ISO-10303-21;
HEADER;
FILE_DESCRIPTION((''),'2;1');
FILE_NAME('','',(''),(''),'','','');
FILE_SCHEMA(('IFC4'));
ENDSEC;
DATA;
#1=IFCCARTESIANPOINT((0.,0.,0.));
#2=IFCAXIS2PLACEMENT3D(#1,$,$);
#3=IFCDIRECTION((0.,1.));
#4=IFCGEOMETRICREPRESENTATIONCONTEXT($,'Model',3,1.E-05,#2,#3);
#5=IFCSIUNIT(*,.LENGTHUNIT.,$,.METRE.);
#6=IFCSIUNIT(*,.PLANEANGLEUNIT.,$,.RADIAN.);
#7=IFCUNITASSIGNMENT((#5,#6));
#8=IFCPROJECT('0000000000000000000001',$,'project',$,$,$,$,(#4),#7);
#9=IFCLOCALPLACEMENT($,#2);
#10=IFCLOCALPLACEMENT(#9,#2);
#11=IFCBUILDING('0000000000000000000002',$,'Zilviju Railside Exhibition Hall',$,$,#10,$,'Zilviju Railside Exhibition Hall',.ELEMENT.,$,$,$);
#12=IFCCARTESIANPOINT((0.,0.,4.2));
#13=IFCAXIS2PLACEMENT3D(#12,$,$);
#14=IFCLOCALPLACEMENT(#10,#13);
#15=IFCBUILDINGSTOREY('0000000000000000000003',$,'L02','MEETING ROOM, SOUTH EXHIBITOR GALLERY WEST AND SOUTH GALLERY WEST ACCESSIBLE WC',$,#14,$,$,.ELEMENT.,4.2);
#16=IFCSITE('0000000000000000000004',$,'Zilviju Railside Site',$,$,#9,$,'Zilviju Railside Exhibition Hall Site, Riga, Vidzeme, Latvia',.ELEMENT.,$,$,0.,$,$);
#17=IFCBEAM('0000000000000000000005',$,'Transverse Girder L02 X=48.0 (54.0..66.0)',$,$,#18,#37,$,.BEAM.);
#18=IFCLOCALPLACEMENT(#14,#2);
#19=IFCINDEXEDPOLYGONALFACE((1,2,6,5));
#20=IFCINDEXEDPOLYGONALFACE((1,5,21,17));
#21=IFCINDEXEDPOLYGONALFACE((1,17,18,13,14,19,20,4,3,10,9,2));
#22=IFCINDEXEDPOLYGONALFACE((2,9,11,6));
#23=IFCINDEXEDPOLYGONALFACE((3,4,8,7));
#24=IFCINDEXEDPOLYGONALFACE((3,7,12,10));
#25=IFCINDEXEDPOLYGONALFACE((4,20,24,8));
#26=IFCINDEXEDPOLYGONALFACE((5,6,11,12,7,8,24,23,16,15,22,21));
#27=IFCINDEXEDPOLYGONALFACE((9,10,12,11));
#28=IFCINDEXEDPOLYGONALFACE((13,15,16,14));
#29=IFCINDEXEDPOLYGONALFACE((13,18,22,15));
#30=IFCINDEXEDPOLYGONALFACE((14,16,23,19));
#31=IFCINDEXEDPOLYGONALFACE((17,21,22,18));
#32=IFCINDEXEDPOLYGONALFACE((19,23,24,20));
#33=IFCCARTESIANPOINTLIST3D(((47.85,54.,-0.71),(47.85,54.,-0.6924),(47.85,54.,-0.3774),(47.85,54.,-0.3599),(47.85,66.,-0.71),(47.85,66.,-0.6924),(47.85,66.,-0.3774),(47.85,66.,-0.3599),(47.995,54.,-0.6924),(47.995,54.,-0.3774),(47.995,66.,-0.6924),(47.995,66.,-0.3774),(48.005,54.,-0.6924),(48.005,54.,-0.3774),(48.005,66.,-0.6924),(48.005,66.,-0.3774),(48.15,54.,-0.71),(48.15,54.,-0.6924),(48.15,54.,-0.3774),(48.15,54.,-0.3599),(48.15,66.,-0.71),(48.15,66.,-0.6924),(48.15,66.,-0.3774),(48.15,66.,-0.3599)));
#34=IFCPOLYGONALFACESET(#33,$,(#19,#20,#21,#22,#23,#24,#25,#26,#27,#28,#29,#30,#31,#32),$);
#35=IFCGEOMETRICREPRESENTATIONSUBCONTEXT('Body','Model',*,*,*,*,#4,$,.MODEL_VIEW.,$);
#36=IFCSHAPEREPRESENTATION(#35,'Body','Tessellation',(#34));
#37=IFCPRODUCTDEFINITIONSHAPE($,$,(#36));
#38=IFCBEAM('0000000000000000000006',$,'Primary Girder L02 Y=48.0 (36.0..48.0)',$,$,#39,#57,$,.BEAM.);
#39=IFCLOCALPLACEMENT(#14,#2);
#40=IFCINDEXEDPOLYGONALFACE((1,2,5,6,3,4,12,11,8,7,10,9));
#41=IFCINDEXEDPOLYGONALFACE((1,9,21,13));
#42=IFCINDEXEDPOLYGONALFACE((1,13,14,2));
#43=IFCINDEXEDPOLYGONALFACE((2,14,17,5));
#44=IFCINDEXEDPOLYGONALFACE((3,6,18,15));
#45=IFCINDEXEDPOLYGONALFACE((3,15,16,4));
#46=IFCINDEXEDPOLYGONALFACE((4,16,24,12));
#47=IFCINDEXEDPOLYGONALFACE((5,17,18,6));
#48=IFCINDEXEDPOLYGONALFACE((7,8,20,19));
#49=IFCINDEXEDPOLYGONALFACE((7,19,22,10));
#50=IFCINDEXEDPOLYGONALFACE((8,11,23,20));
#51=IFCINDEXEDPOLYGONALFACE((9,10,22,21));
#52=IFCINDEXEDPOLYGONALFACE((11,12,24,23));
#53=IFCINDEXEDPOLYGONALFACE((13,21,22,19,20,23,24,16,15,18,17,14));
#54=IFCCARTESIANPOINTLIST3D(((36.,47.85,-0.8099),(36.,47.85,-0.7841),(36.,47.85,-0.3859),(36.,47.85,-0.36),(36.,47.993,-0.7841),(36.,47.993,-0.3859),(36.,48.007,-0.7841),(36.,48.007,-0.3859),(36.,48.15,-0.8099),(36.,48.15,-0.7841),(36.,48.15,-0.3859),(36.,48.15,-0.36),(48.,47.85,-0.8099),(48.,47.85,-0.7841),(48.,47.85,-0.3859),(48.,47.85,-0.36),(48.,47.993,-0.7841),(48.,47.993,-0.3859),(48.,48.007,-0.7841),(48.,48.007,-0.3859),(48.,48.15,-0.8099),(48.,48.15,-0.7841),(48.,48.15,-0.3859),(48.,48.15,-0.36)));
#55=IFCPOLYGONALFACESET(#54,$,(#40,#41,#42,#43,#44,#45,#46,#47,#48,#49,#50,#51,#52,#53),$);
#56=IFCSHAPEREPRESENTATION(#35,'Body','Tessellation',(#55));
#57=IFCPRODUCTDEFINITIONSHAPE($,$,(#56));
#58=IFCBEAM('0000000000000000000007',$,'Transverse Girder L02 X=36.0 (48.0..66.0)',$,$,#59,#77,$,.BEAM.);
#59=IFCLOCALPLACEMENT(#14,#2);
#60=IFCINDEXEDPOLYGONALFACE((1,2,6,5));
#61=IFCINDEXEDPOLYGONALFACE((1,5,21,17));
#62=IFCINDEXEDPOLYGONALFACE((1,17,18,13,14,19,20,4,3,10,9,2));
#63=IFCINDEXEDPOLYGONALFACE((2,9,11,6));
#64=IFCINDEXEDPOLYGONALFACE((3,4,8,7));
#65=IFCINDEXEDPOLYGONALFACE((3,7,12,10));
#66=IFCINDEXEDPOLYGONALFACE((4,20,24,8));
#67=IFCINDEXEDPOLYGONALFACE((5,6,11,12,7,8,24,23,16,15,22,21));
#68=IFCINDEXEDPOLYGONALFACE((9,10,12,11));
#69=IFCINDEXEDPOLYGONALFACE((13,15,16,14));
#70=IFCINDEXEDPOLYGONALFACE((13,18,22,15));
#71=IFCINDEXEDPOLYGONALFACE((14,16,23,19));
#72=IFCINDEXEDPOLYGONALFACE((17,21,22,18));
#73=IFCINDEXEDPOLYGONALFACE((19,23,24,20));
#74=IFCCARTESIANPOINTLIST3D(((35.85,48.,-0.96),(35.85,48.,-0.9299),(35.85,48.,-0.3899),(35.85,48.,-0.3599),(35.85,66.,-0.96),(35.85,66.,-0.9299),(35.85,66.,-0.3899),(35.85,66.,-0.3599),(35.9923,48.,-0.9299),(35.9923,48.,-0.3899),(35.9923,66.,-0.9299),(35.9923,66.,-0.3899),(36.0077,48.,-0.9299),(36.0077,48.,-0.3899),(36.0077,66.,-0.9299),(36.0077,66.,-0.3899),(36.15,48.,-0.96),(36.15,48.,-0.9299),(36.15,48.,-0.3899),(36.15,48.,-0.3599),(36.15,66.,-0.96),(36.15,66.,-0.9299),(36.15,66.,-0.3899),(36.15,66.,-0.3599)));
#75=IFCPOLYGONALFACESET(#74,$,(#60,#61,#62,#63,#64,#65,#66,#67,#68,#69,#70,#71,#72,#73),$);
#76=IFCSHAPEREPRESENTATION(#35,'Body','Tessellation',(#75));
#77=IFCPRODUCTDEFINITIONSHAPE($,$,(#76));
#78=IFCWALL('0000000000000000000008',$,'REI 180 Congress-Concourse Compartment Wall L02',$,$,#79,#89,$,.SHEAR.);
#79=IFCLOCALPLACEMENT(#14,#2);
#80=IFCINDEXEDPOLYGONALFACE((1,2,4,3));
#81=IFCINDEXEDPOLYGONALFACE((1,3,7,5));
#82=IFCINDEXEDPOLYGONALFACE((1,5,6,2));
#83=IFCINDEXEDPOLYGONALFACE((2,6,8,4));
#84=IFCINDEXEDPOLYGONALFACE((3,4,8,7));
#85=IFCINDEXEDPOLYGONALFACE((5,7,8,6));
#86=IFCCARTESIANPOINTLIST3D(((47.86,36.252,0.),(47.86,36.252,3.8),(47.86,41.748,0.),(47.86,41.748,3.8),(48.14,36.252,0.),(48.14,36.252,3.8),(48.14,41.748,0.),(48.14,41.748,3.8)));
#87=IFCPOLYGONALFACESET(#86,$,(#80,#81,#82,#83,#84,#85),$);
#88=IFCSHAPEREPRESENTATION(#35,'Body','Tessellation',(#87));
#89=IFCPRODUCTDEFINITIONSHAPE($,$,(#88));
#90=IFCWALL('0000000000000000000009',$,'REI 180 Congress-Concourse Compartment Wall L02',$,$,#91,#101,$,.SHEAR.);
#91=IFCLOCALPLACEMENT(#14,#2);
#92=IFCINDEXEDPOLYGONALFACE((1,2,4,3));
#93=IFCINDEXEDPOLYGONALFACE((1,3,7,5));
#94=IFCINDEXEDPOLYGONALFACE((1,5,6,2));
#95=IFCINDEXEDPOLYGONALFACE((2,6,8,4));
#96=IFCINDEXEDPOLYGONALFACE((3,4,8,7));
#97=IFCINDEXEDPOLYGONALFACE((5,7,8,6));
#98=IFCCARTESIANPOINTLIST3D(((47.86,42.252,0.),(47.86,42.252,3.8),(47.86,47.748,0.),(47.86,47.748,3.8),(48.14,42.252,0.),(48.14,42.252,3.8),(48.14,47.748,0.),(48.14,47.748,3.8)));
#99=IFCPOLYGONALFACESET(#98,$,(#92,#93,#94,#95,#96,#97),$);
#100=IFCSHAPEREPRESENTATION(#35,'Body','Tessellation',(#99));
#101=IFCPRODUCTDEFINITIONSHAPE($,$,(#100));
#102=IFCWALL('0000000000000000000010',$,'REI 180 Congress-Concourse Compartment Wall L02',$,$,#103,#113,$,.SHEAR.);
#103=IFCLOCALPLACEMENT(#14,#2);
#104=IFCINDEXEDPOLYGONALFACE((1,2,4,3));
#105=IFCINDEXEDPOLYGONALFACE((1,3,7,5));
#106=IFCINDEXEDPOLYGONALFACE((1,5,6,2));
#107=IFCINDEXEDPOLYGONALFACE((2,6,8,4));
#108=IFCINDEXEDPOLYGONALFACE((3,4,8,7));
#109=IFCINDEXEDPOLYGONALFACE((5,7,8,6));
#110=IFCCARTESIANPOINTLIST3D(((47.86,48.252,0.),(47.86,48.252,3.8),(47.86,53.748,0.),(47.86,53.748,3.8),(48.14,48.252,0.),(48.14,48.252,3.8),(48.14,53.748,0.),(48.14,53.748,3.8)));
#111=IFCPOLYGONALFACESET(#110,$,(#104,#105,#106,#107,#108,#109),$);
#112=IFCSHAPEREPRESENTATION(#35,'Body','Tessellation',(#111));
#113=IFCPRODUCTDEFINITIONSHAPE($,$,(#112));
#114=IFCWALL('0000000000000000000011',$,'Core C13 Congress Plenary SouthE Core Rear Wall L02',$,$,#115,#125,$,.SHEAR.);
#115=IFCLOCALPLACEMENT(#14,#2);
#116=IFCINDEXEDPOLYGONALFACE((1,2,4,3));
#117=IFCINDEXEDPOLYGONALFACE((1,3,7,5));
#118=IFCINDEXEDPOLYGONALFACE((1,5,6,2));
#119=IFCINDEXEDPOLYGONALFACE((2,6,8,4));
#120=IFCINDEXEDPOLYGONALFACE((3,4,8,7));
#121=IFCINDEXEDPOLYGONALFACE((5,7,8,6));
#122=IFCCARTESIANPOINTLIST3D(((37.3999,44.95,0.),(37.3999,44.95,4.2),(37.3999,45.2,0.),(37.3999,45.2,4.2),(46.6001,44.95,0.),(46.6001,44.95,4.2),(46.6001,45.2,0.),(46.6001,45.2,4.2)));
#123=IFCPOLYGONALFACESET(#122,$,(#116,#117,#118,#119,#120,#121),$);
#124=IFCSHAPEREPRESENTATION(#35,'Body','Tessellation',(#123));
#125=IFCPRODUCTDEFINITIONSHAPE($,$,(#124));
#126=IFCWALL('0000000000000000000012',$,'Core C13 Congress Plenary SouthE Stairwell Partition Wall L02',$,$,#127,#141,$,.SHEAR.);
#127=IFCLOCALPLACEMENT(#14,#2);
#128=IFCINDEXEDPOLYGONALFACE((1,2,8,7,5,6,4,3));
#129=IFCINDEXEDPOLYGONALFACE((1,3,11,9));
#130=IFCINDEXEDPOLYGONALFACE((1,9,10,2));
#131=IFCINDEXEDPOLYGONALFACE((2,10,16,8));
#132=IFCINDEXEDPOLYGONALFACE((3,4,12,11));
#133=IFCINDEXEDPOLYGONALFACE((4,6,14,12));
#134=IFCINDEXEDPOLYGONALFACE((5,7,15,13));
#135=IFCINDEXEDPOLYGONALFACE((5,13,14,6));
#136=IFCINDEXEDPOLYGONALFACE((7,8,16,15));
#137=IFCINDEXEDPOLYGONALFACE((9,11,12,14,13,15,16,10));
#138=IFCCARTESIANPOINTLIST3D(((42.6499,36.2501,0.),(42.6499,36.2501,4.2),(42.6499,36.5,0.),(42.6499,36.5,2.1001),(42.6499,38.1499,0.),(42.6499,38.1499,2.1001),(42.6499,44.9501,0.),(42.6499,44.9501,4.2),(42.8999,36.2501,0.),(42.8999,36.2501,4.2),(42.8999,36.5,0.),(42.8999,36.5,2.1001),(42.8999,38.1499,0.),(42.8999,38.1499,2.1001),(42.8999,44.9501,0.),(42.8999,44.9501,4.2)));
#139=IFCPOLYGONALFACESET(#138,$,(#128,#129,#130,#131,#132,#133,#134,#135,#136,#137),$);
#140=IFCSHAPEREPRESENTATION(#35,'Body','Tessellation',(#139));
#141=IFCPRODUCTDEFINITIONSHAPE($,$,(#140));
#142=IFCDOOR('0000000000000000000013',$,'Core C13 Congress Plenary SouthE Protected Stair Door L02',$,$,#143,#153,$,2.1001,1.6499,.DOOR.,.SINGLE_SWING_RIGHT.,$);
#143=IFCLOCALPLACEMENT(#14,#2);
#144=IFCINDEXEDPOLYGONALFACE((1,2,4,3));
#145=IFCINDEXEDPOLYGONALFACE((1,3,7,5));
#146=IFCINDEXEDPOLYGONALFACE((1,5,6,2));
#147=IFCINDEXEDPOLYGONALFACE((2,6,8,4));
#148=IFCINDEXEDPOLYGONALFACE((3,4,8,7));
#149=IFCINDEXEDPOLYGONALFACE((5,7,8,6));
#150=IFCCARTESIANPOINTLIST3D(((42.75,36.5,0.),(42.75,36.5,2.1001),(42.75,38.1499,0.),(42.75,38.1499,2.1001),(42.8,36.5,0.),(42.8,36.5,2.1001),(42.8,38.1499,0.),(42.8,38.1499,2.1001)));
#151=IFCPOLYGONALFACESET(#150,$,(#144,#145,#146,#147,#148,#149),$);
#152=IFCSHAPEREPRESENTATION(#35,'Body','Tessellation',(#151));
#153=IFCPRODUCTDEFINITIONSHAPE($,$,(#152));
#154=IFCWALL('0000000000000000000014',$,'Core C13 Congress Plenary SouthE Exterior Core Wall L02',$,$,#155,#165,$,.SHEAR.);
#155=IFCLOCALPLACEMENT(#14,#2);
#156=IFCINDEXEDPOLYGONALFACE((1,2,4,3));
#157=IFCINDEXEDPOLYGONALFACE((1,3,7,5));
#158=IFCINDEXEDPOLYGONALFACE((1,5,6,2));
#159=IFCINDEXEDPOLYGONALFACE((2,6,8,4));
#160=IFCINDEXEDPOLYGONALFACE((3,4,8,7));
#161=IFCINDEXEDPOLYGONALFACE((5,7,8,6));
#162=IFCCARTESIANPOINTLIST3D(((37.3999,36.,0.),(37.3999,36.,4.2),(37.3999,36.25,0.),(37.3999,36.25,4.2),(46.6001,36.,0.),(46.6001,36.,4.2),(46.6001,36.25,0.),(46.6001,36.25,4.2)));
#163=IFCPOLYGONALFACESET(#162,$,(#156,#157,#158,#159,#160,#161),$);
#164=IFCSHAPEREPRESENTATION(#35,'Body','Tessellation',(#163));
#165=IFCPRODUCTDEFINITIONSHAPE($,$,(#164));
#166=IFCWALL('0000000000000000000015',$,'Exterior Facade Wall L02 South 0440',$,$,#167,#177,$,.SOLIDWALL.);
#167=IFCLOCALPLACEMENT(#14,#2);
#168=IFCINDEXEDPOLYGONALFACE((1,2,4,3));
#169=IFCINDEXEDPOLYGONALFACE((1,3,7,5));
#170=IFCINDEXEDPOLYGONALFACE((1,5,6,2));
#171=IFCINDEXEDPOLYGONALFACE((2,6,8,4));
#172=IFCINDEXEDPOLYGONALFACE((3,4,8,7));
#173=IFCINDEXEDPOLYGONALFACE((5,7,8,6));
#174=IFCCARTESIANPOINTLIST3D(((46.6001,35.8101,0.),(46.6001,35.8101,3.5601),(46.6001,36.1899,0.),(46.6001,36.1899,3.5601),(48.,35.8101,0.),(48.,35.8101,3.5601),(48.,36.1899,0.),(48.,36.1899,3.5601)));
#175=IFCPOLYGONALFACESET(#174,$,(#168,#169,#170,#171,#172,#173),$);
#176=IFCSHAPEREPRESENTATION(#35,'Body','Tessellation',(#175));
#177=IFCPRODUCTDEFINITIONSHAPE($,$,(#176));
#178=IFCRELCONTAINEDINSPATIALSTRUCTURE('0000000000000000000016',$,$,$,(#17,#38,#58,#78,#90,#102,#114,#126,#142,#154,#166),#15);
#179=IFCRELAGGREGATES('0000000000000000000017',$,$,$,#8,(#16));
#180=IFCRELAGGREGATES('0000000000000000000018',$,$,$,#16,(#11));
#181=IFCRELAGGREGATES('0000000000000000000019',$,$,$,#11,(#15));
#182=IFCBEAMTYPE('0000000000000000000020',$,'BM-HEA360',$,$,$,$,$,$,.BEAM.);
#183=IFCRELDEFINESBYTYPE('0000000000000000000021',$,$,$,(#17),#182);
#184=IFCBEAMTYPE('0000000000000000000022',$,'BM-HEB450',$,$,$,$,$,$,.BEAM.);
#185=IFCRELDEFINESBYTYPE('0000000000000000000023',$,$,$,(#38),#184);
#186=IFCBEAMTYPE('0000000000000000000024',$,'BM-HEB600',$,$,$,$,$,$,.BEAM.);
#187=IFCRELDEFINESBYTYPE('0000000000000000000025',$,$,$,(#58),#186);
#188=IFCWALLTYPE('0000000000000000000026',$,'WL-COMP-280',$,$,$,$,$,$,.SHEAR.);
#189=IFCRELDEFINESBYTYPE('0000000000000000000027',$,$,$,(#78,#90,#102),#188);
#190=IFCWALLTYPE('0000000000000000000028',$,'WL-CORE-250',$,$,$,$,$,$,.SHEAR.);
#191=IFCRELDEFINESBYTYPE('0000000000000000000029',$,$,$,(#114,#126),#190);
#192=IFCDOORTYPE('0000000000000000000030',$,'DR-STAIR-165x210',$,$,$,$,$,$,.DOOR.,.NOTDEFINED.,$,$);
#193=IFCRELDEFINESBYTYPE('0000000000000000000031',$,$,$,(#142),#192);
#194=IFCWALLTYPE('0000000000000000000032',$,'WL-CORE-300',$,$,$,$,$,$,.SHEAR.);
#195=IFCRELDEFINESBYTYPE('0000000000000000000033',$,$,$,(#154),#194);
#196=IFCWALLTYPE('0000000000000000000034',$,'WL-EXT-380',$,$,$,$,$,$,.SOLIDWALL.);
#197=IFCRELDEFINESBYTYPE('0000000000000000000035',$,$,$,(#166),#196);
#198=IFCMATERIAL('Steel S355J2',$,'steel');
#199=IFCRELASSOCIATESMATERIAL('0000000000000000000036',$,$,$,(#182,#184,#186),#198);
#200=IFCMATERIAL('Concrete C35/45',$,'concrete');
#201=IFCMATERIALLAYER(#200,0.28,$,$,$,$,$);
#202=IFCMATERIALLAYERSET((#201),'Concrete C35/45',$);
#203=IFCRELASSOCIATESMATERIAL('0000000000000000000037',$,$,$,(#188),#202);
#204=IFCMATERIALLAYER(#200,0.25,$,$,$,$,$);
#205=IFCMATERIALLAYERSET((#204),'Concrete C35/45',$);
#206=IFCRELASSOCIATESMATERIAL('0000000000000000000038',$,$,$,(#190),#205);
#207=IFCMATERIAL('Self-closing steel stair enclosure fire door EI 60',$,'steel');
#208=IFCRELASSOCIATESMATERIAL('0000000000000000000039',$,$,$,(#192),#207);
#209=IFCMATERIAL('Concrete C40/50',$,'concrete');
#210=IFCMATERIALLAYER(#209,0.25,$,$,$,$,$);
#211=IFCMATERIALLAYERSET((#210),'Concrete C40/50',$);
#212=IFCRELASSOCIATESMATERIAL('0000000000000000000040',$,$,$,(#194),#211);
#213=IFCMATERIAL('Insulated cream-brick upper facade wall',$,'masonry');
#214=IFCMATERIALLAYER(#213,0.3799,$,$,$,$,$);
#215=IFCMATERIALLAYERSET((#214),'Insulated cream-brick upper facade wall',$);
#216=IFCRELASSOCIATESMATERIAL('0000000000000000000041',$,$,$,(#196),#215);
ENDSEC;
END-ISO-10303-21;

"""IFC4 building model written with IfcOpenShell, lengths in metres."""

from ifc_helpers import new_model, si_unit, direction, frame, frame_2d, origin, origin_2d, place, context, subcontext, project, spatial, rectangle, i_section, extrude, material, layer, layer_set, material_profile, profile_set, type_object, element, fill, save


model = new_model("IFC4")

# Units and contexts
model_context = context("Model", 3, precision=1e-05, world=origin(), true_north=direction((0.0, 1.0)))
body_context = subcontext(model_context, "Body", "Model", "MODEL_VIEW")
ifc_project = project(units=[si_unit("LENGTHUNIT", "METRE"), si_unit("PLANEANGLEUNIT", "RADIAN")], contexts=[model_context])

# Site, building, storey
site_placement = place(None, origin())
site = spatial("IfcSite", under=ifc_project, at=site_placement, Name="Zilviju Railside Site", LongName="Zilviju Railside Exhibition Hall Site, Riga, Vidzeme, Latvia", CompositionType="ELEMENT", RefElevation=0.0)
building_placement = place(site_placement, origin())
building = spatial("IfcBuilding", under=site, at=building_placement, Name="Zilviju Railside Exhibition Hall", LongName="Zilviju Railside Exhibition Hall", CompositionType="ELEMENT")
storey_placement = place(building_placement, frame((0.0, 0.0, 4.2)))
storey = spatial("IfcBuildingStorey", under=building, at=storey_placement, Name="L02", Description="MEETING ROOM, SOUTH EXHIBITOR GALLERY WEST AND SOUTH GALLERY WEST ACCESSIBLE WC", CompositionType="ELEMENT", Elevation=4.2)

# Shared definitions
ifc_material_1 = material(Name="Steel S355J2", Category="steel")

# Beams
ifc_material_profile_1 = material_profile(ifc_material_1, i_section(OverallWidth=0.3, OverallDepth=0.3501, WebThickness=0.01, FlangeThickness=0.0176, at=origin_2d()), Name="HEA 360")
ifc_profile_set_1 = profile_set([ifc_material_profile_1], Name="Steel S355J2")
beam_type_1 = type_object("IfcBeamType", Name="BM-HEA360", PredefinedType="BEAM", material=ifc_profile_set_1)
beam_1_placement = place(storey_placement, frame((48.0, 54.0, -0.5349), z_axis=(0.0, 1.0, 0.0), x_axis=(-1.0, 0.0, 0.0)))
element("IfcBeam", 1, at=beam_1_placement, inside=storey, type_object=beam_type_1, Name="Transverse Girder L02 X=48.0 (54.0..66.0)", PredefinedType="BEAM", context=body_context, shape_type="SweptSolid", body=[
    extrude(i_section(OverallWidth=0.3, OverallDepth=0.3501, WebThickness=0.01, FlangeThickness=0.0176, at=origin_2d()), origin(), (0.0, 0.0, 1.0), 12.0),
])
ifc_material_profile_2 = material_profile(ifc_material_1, i_section(OverallWidth=0.3, OverallDepth=0.45, WebThickness=0.0139, FlangeThickness=0.0259, at=origin_2d()), Name="HEB 450")
ifc_profile_set_2 = profile_set([ifc_material_profile_2], Name="Steel S355J2")
beam_type_2 = type_object("IfcBeamType", Name="BM-HEB450", PredefinedType="BEAM", material=ifc_profile_set_2)
beam_2_placement = place(storey_placement, frame((36.0, 48.0, -0.585), z_axis=(1.0, 0.0, 0.0), x_axis=(0.0, 1.0, 0.0)))
element("IfcBeam", 2, at=beam_2_placement, inside=storey, type_object=beam_type_2, Name="Primary Girder L02 Y=48.0 (36.0..48.0)", PredefinedType="BEAM", context=body_context, shape_type="SweptSolid", body=[
    extrude(i_section(OverallWidth=0.3, OverallDepth=0.45, WebThickness=0.0139, FlangeThickness=0.0259, at=origin_2d()), origin(), (0.0, 0.0, 1.0), 12.0),
])
ifc_material_profile_3 = material_profile(ifc_material_1, i_section(OverallWidth=0.3, OverallDepth=0.6001, WebThickness=0.0154, FlangeThickness=0.03, at=origin_2d()), Name="HEB 600")
ifc_profile_set_3 = profile_set([ifc_material_profile_3], Name="Steel S355J2")
beam_type_3 = type_object("IfcBeamType", Name="BM-HEB600", PredefinedType="BEAM", material=ifc_profile_set_3)
beam_3_placement = place(storey_placement, frame((36.0, 48.0, -0.6599), z_axis=(0.0, 1.0, 0.0), x_axis=(-1.0, 0.0, 0.0)))
element("IfcBeam", 3, at=beam_3_placement, inside=storey, type_object=beam_type_3, Name="Transverse Girder L02 X=36.0 (48.0..66.0)", PredefinedType="BEAM", context=body_context, shape_type="SweptSolid", body=[
    extrude(i_section(OverallWidth=0.3, OverallDepth=0.6001, WebThickness=0.0154, FlangeThickness=0.03, at=origin_2d()), origin(), (0.0, 0.0, 1.0), 18.0),
])

# Walls
ifc_material_2 = material(Name="Concrete C35/45", Category="concrete")
ifc_layer_1 = layer(ifc_material_2, 0.28)
ifc_layer_set_1 = layer_set([ifc_layer_1], Name="Concrete C35/45")
wall_type_1 = type_object("IfcWallType", Name="WL-COMP-280", PredefinedType="SHEAR", material=ifc_layer_set_1)
for number, where, z_axis, x_axis, name in (
    (4, (48.0, 36.252, 0.0), (0.0, 0.0, 1.0), (0.0, 1.0, 0.0), "REI 180 Congress-Concourse Compartment Wall L02"),
    (5, (48.0, 42.252, 0.0), (0.0, 0.0, 1.0), (0.0, 1.0, 0.0), "REI 180 Congress-Concourse Compartment Wall L02"),
    (6, (48.0, 48.252, 0.0), (0.0, 0.0, 1.0), (0.0, 1.0, 0.0), "REI 180 Congress-Concourse Compartment Wall L02"),
):
    element("IfcWall", number, at=place(storey_placement, frame(where, z_axis=z_axis, x_axis=x_axis)), inside=storey, type_object=wall_type_1, Name=name, PredefinedType="SHEAR", context=body_context, shape_type="SweptSolid", body=[
        extrude(rectangle(XDim=5.4961, YDim=0.28, at=frame_2d((2.748, 0.0))), origin(), (0.0, 0.0, 1.0), 3.8),
    ])
ifc_layer_2 = layer(ifc_material_2, 0.25)
ifc_layer_set_2 = layer_set([ifc_layer_2], Name="Concrete C35/45")
wall_type_2 = type_object("IfcWallType", Name="WL-CORE-250", PredefinedType="SHEAR", material=ifc_layer_set_2)
wall_1_placement = place(storey_placement, frame((37.3999, 45.075, 0.0), z_axis=(0.0, 0.0, 1.0), x_axis=(1.0, 0.0, 0.0)))
element("IfcWall", 7, at=wall_1_placement, inside=storey, type_object=wall_type_2, Name="Core C13 Congress Plenary SouthE Core Rear Wall L02", PredefinedType="SHEAR", context=body_context, shape_type="SweptSolid", body=[
    extrude(rectangle(XDim=9.2002, YDim=0.25, at=frame_2d((4.6001, 0.0))), origin(), (0.0, 0.0, 1.0), 4.2),
])

# Wall, opening, door
wall_2_placement = place(storey_placement, frame((42.7749, 36.25, 0.0), z_axis=(0.0, 0.0, 1.0), x_axis=(0.0, 1.0, 0.0)))
wall_2 = element("IfcWall", 8, at=wall_2_placement, inside=storey, type_object=wall_type_2, Name="Core C13 Congress Plenary SouthE Stairwell Partition Wall L02", PredefinedType="SHEAR", context=body_context, shape_type="SweptSolid", body=[
    extrude(rectangle(XDim=8.7, YDim=0.25, at=frame_2d((4.3501, 0.0))), origin(), (0.0, 0.0, 1.0), 4.2),
])
opening_placement = place(wall_2_placement, frame((0.25, 0.0, 0.0)))
opening = element("IfcOpeningElement", 9, at=opening_placement, cuts=wall_2, PredefinedType="OPENING", context=body_context, shape_type="SweptSolid", body=[
    extrude(rectangle(XDim=1.6499, YDim=2.1001, at=frame_2d((0.825, 1.05))), frame((0.0, 0.135, 0.0), z_axis=(0.0, -1.0, 0.0), x_axis=(1.0, 0.0, 0.0)), (0.0, 0.0, 1.0), 0.27),
])
ifc_material_3 = material(Name="Self-closing steel stair enclosure fire door EI 60", Category="steel")
door_type = type_object("IfcDoorType", Name="DR-STAIR-165x210", OperationType="NOTDEFINED", PredefinedType="DOOR", material=ifc_material_3)
door_placement = place(opening_placement, origin())
door = element("IfcDoor", 10, at=door_placement, inside=storey, type_object=door_type, Name="Core C13 Congress Plenary SouthE Protected Stair Door L02", OperationType="SINGLE_SWING_RIGHT", OverallHeight=2.1001, OverallWidth=1.6499, PredefinedType="DOOR", context=body_context, shape_type="SweptSolid", body=[
    extrude(rectangle(XDim=1.6499, YDim=2.1001, at=frame_2d((0.825, 1.05))), frame((0.0, 0.0249, 0.0), z_axis=(0.0, -1.0, 0.0), x_axis=(1.0, 0.0, 0.0)), (0.0, 0.0, 1.0), 0.05),
])
fill(opening, door)

# Walls
ifc_material_4 = material(Name="Concrete C40/50", Category="concrete")
ifc_layer_3 = layer(ifc_material_4, 0.25)
ifc_layer_set_3 = layer_set([ifc_layer_3], Name="Concrete C40/50")
wall_type_3 = type_object("IfcWallType", Name="WL-CORE-300", PredefinedType="SHEAR", material=ifc_layer_set_3)
wall_3_placement = place(storey_placement, frame((46.6001, 36.125, 0.0), z_axis=(0.0, 0.0, 1.0), x_axis=(-1.0, 0.0, 0.0)))
element("IfcWall", 11, at=wall_3_placement, inside=storey, type_object=wall_type_3, Name="Core C13 Congress Plenary SouthE Exterior Core Wall L02", PredefinedType="SHEAR", context=body_context, shape_type="SweptSolid", body=[
    extrude(rectangle(XDim=9.2002, YDim=0.25, at=frame_2d((4.6001, 0.0))), origin(), (0.0, 0.0, 1.0), 4.2),
])
ifc_material_5 = material(Name="Insulated cream-brick upper facade wall", Category="masonry")
ifc_layer_4 = layer(ifc_material_5, 0.3799)
ifc_layer_set_4 = layer_set([ifc_layer_4], Name="Insulated cream-brick upper facade wall")
wall_type_4 = type_object("IfcWallType", Name="WL-EXT-380", PredefinedType="SOLIDWALL", material=ifc_layer_set_4)
wall_4_placement = place(storey_placement, frame((48.0, 36.0, 0.0), z_axis=(0.0, 0.0, 1.0), x_axis=(-1.0, 0.0, 0.0)))
element("IfcWall", 12, at=wall_4_placement, inside=storey, type_object=wall_type_4, Name="Exterior Facade Wall L02 South 0440", PredefinedType="SOLIDWALL", context=body_context, shape_type="SweptSolid", body=[
    extrude(rectangle(XDim=1.3999, YDim=0.3799, at=frame_2d((0.7, 0.0))), origin(), (0.0, 0.0, 1.0), 3.5601),
])

save(model, "model.ifc")
